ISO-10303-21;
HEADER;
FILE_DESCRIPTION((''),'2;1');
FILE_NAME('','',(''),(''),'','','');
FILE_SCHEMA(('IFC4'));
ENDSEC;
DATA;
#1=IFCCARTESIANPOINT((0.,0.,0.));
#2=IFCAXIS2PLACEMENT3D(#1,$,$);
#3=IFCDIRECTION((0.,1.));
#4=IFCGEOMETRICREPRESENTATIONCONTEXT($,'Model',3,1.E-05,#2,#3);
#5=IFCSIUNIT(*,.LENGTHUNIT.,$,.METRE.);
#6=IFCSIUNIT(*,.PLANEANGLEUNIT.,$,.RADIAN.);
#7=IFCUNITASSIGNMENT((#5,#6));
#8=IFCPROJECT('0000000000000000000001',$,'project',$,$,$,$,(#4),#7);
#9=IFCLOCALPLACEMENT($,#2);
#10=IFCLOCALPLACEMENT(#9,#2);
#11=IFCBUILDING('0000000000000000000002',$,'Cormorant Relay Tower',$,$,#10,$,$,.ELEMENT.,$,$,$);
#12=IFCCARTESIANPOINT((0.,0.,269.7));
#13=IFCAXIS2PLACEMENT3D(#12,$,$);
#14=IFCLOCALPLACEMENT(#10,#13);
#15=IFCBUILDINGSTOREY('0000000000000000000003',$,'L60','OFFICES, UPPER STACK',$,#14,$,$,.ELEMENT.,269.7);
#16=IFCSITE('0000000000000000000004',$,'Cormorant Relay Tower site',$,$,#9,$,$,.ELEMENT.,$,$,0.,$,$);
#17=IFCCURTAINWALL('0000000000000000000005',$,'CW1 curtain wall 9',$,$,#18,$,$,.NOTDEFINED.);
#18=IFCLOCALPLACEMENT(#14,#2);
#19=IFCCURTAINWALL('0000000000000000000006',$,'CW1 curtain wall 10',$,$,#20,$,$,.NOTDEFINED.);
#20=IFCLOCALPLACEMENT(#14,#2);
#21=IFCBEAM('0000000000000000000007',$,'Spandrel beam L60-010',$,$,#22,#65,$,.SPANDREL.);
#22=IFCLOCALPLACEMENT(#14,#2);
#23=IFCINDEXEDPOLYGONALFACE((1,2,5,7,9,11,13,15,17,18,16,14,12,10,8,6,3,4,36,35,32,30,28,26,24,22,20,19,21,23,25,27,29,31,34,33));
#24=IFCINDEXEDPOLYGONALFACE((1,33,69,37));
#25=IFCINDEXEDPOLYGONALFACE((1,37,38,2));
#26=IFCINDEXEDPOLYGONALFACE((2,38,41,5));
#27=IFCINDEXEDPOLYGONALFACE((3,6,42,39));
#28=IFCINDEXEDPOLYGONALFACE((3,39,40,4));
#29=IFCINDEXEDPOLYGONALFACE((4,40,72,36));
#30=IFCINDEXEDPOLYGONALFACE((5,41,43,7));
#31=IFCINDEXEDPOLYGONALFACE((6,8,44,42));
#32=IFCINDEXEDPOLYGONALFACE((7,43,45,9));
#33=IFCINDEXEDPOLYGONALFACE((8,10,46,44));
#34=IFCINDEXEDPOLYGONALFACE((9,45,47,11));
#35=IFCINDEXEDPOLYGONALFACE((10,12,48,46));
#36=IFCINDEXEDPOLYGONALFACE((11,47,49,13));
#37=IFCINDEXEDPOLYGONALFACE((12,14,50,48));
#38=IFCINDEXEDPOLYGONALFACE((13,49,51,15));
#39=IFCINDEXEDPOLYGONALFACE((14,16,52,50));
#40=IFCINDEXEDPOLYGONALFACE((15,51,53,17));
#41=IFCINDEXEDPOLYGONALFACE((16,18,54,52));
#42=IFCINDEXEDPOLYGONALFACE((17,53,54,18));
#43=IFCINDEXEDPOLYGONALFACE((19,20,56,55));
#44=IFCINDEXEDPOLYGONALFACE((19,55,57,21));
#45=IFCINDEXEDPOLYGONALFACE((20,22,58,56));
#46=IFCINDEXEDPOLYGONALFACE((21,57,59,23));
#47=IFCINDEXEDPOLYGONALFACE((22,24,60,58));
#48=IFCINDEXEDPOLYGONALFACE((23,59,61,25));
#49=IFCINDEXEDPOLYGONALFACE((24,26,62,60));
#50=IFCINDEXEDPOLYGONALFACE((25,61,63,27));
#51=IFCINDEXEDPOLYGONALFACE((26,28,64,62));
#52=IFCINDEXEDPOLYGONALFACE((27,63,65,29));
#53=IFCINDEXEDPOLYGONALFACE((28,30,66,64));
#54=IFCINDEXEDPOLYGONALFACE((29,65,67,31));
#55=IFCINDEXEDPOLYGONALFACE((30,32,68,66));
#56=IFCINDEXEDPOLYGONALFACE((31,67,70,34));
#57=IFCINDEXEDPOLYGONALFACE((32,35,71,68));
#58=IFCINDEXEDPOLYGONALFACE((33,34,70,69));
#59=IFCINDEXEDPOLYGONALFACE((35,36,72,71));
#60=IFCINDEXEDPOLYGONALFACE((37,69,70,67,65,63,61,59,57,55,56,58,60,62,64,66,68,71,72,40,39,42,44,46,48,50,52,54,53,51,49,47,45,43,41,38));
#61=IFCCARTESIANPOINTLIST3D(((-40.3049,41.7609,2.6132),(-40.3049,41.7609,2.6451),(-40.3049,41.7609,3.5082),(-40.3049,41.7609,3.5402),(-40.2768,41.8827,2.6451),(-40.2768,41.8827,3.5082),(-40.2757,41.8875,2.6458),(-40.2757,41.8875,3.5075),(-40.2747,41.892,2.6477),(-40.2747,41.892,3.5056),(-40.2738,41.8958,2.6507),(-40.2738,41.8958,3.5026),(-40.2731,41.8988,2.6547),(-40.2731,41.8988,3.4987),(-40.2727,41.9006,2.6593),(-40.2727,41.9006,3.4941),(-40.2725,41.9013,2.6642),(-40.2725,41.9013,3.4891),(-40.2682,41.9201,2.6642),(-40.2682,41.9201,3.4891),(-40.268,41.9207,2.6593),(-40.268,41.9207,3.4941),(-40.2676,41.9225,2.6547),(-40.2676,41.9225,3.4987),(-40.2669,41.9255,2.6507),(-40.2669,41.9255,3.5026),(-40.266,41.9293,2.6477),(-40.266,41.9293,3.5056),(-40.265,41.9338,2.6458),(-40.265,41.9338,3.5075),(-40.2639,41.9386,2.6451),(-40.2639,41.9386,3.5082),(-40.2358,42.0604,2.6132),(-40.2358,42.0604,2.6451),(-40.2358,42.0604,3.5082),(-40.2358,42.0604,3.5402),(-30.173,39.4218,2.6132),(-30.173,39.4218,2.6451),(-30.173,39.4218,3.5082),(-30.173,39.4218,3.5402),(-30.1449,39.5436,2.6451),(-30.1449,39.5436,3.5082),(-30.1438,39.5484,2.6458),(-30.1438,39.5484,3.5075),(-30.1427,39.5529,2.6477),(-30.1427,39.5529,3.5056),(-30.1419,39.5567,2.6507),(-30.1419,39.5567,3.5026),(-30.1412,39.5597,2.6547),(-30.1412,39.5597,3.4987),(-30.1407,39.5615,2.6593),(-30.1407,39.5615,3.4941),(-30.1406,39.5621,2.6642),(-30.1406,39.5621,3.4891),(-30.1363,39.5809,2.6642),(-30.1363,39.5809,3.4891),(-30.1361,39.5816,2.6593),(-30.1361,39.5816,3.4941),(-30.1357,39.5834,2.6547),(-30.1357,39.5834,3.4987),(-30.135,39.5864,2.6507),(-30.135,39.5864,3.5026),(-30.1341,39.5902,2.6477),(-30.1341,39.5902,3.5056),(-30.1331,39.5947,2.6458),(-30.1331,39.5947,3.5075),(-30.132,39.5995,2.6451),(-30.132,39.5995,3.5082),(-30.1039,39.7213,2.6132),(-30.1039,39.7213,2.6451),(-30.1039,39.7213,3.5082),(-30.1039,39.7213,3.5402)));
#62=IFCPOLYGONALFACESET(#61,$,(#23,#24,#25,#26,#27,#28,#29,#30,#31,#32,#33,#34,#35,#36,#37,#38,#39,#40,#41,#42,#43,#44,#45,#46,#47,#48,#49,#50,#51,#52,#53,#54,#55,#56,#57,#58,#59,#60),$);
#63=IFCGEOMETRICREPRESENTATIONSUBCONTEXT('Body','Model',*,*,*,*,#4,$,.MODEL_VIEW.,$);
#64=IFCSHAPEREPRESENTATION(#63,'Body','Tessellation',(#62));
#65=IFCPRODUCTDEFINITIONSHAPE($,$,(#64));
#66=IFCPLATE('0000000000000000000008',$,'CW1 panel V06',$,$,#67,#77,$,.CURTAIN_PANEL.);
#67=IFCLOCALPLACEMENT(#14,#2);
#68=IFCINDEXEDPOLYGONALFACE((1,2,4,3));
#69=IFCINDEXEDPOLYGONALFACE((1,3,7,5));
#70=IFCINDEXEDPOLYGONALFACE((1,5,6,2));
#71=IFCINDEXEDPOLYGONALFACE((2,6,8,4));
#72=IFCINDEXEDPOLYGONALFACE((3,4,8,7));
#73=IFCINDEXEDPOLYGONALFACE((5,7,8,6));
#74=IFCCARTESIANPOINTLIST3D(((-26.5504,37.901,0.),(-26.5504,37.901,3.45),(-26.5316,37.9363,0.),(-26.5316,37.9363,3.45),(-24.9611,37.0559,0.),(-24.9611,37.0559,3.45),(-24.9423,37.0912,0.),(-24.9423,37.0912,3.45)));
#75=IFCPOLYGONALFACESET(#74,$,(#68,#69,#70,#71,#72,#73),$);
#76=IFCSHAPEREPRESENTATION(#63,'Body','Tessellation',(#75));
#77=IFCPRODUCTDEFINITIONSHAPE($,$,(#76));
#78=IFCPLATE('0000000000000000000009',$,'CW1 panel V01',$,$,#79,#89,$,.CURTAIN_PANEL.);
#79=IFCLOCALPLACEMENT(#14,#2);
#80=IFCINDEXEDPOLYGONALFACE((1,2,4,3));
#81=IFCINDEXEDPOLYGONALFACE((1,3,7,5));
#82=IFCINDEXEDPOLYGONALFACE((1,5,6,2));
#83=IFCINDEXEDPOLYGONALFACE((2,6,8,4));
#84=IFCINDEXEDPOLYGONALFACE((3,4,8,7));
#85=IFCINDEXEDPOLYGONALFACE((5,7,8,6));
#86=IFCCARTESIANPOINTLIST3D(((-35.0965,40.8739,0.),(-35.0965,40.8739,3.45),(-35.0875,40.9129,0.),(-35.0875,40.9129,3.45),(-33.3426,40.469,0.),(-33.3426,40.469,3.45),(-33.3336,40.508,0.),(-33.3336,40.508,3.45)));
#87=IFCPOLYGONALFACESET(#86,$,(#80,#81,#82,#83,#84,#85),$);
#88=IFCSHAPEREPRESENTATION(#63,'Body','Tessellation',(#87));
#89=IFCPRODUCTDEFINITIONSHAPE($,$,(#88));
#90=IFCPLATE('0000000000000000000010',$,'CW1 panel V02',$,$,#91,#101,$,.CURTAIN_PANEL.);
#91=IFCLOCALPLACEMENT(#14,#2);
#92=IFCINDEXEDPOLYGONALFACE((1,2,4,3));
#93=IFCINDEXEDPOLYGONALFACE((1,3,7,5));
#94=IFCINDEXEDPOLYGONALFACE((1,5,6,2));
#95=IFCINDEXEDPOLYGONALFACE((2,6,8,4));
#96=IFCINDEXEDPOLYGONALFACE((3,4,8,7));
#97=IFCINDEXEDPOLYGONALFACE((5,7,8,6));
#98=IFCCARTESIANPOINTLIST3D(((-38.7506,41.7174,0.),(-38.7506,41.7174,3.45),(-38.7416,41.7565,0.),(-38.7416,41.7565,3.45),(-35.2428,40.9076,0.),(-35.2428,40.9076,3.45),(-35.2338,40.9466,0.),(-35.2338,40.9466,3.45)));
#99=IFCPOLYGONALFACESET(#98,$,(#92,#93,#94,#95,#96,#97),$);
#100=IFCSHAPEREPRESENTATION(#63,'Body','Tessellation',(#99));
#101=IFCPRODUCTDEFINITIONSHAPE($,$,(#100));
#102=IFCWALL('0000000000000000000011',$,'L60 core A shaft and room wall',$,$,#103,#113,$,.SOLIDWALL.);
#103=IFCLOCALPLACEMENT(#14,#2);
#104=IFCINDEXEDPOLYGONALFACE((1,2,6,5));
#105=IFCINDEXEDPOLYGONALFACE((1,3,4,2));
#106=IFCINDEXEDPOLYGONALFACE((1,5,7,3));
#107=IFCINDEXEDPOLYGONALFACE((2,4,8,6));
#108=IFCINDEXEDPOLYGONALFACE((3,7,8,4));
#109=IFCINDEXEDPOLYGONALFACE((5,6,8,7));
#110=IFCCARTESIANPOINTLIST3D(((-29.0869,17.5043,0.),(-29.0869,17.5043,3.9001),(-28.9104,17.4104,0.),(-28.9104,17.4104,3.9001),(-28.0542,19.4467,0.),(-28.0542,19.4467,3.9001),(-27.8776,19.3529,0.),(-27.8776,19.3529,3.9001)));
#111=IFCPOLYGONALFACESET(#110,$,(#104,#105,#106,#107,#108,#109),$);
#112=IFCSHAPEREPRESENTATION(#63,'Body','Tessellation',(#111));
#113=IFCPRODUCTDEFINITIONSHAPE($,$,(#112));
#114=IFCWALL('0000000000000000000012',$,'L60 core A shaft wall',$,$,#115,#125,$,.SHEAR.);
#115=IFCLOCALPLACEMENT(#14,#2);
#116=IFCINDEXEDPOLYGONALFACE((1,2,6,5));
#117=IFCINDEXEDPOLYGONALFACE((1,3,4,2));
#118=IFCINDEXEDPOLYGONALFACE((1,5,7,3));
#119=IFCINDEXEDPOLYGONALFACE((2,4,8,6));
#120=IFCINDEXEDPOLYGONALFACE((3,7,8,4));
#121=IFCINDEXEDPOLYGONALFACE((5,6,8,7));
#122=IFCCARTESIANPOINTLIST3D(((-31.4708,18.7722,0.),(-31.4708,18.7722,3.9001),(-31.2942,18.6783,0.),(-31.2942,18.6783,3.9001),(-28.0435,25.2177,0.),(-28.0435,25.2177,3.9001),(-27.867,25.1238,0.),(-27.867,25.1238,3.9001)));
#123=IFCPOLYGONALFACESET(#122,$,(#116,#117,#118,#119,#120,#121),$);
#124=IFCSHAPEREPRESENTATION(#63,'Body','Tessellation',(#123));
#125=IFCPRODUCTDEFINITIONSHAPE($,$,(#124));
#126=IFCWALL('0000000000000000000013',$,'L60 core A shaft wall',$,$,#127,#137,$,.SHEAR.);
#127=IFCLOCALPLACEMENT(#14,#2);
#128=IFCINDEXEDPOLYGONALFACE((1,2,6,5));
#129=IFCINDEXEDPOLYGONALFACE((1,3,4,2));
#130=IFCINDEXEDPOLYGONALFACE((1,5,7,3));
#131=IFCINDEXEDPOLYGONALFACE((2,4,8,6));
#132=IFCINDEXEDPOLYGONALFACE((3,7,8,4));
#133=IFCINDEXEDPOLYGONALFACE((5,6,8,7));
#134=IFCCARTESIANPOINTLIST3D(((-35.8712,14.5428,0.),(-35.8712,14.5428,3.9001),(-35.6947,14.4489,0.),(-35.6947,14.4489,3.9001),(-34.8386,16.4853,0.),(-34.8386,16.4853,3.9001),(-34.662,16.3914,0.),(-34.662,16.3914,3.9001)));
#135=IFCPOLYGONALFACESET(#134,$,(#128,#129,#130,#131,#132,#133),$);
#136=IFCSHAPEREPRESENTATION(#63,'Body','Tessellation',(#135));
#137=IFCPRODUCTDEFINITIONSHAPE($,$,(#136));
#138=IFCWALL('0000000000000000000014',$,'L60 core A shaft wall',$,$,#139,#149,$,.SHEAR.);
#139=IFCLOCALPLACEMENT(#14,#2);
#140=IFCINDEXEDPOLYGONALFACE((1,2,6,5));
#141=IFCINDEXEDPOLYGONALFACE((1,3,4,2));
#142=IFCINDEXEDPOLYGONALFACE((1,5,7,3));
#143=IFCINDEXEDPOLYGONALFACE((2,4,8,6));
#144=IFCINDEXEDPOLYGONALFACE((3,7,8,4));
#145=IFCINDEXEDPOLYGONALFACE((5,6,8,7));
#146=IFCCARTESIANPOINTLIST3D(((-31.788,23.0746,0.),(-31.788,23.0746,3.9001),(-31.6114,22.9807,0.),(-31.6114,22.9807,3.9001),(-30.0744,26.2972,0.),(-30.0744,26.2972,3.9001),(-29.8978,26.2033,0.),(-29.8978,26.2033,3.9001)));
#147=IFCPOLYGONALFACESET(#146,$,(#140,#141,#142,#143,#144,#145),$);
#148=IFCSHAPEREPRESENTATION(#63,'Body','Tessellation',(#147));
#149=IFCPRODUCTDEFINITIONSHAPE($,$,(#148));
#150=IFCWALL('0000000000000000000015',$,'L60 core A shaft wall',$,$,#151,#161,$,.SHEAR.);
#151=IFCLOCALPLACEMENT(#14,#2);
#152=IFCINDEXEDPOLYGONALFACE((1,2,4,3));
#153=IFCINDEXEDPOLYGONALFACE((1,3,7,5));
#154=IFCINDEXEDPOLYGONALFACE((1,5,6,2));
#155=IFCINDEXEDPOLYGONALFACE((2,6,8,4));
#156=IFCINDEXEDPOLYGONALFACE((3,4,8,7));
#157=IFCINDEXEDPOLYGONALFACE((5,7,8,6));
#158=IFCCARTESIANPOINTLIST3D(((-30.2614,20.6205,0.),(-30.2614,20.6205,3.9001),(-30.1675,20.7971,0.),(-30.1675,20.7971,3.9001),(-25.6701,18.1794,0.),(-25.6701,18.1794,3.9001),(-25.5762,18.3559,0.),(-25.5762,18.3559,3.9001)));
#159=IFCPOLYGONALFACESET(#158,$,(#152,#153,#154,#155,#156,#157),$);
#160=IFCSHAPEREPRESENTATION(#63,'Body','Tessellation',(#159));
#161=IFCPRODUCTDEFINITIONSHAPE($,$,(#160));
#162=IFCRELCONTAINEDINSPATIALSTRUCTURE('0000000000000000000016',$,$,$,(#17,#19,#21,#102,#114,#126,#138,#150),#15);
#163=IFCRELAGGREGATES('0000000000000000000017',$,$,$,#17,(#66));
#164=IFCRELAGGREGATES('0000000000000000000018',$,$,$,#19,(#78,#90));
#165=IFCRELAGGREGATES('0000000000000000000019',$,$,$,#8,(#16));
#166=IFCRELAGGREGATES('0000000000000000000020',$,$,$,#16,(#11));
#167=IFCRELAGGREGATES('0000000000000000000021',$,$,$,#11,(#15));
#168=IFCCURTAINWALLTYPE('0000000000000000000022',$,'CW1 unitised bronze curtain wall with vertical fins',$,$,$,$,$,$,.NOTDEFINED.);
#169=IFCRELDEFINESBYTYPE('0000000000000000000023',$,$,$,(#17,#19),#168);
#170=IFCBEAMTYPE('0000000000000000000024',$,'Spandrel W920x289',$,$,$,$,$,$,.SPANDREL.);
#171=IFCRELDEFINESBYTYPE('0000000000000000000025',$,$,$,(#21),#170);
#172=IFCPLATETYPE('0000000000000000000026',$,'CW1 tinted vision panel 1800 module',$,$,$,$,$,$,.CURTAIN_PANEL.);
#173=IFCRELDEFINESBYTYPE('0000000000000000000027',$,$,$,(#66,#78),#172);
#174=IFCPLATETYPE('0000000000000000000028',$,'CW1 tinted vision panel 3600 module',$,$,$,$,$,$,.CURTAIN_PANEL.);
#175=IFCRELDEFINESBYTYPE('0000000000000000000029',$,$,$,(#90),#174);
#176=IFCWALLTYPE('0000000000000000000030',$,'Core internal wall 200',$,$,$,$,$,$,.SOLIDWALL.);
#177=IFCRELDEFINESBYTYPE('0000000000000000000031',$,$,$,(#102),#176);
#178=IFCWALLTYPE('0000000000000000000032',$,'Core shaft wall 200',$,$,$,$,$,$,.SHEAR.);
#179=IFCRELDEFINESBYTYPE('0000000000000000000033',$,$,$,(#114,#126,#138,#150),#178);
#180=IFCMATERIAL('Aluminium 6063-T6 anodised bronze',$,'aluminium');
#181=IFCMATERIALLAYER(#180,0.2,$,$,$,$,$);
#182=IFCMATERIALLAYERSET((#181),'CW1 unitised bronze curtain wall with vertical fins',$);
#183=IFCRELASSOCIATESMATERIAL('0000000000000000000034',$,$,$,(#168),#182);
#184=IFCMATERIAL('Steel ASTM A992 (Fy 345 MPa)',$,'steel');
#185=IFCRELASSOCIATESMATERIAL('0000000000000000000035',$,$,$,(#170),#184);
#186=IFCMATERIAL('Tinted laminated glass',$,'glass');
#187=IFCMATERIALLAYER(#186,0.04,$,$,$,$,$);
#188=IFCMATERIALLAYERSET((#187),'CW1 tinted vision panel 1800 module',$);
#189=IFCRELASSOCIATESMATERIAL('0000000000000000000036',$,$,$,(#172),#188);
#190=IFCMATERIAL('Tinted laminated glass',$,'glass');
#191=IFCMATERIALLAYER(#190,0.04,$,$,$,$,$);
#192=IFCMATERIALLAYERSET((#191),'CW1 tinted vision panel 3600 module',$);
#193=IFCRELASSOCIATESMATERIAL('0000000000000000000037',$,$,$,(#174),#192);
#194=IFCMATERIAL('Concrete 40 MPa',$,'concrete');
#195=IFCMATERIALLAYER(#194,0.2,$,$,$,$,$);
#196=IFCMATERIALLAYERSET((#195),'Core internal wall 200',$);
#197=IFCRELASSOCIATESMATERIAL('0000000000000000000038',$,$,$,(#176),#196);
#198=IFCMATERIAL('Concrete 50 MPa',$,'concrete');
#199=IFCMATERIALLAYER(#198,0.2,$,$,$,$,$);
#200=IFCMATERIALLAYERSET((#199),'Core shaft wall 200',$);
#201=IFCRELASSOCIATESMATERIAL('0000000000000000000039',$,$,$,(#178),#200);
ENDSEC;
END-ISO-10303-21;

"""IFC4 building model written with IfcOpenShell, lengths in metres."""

from ifc_helpers import new_model, si_unit, direction, frame, frame_2d, origin, origin_2d, place, context, subcontext, project, spatial, rectangle, i_section, extrude, material, layer, layer_set, material_profile, profile_set, type_object, element, aggregate, save


model = new_model("IFC4")

# Units and contexts
model_context = context("Model", 3, precision=1e-05, world=origin(), true_north=direction((0.0, 1.0)))
body_context = subcontext(model_context, "Body", "Model", "MODEL_VIEW")
ifc_project = project(units=[si_unit("LENGTHUNIT", "METRE"), si_unit("PLANEANGLEUNIT", "RADIAN")], contexts=[model_context])

# Site, building, storey
site_placement = place(None, origin())
site = spatial("IfcSite", under=ifc_project, at=site_placement, Name="Cormorant Relay Tower site", CompositionType="ELEMENT", RefElevation=0.0)
building_placement = place(site_placement, origin())
building = spatial("IfcBuilding", under=site, at=building_placement, Name="Cormorant Relay Tower", CompositionType="ELEMENT")
storey_placement = place(building_placement, frame((0.0, 0.0, 269.7)))
storey = spatial("IfcBuildingStorey", under=building, at=storey_placement, Name="L60", Description="OFFICES, UPPER STACK", CompositionType="ELEMENT", Elevation=269.7)

# Curtain wall
ifc_material_1 = material(Name="Aluminium 6063-T6 anodised bronze", Category="aluminium")
ifc_layer_1 = layer(ifc_material_1, 0.2)
ifc_layer_set_1 = layer_set([ifc_layer_1], Name="CW1 unitised bronze curtain wall with vertical fins")
curtain_wall_type = type_object("IfcCurtainWallType", Name="CW1 unitised bronze curtain wall with vertical fins", PredefinedType="NOTDEFINED", material=ifc_layer_set_1)
curtain_wall_1_placement = place(storey_placement, origin())
curtain_wall_1 = element("IfcCurtainWall", 1, at=curtain_wall_1_placement, inside=storey, type_object=curtain_wall_type, Name="CW1 curtain wall 9", PredefinedType="NOTDEFINED")

# Curtain wall
curtain_wall_2_placement = place(storey_placement, origin())
curtain_wall_2 = element("IfcCurtainWall", 2, at=curtain_wall_2_placement, inside=storey, type_object=curtain_wall_type, Name="CW1 curtain wall 10", PredefinedType="NOTDEFINED")

# Beam
ifc_material_2 = material(Name="Steel ASTM A992 (Fy 345 MPa)", Category="steel")
ifc_material_profile_1 = material_profile(ifc_material_2, i_section(OverallWidth=0.3074, OverallDepth=0.927, WebThickness=0.0193, FlangeThickness=0.032, FilletRadius=0.019, at=origin_2d()), Name="W920x289")
ifc_profile_set_1 = profile_set([ifc_material_profile_1], Name="Steel ASTM A992 (Fy 345 MPa)")
beam_type = type_object("IfcBeamType", Name="Spandrel W920x289", PredefinedType="SPANDREL", material=ifc_profile_set_1)
beam_placement = place(storey_placement, frame((-30.1384, 39.5715, 3.0767), z_axis=(-0.97437, 0.22495, 0.0), x_axis=(-0.22495, -0.97437, 0.0)))
element("IfcBeam", 3, at=beam_placement, inside=storey, type_object=beam_type, Name="Spandrel beam L60-010", PredefinedType="SPANDREL", context=body_context, shape_type="SweptSolid", body=[
    extrude(i_section(OverallWidth=0.3074, OverallDepth=0.927, WebThickness=0.0193, FlangeThickness=0.032, FilletRadius=0.019, at=origin_2d()), origin(), (0.0, 0.0, 1.0), 10.3984),
])

# Plates
ifc_material_3 = material(Name="Tinted laminated glass", Category="glass")
ifc_layer_2 = layer(ifc_material_3, 0.04)
ifc_layer_set_2 = layer_set([ifc_layer_2], Name="CW1 tinted vision panel 1800 module")
plate_type_1 = type_object("IfcPlateType", Name="CW1 tinted vision panel 1800 module", PredefinedType="CURTAIN_PANEL", material=ifc_layer_set_2)
plate_1_placement = place(storey_placement, frame((-25.7463, 37.4961, 0.0), z_axis=(0.0, 0.0, 1.0), x_axis=(-0.882948, 0.469472, 0.0)))
plate_1 = element("IfcPlate", 4, at=plate_1_placement, type_object=plate_type_1, Name="CW1 panel V06", PredefinedType="CURTAIN_PANEL", context=body_context, shape_type="SweptSolid", body=[
    extrude(rectangle(XDim=1.8, YDim=0.04, at=origin_2d()), origin(), (0.0, 0.0, 1.0), 3.45),
])
plate_2_placement = place(storey_placement, frame((-34.2151, 40.6909, 0.0), z_axis=(0.0, 0.0, 1.0), x_axis=(-0.97437, 0.224951, 0.0)))
plate_2 = element("IfcPlate", 5, at=plate_2_placement, type_object=plate_type_1, Name="CW1 panel V01", PredefinedType="CURTAIN_PANEL", context=body_context, shape_type="SweptSolid", body=[
    extrude(rectangle(XDim=1.8, YDim=0.04, at=origin_2d()), origin(), (0.0, 0.0, 1.0), 3.45),
])
ifc_material_4 = material(Name="Tinted laminated glass", Category="glass")
ifc_layer_3 = layer(ifc_material_4, 0.04)
ifc_layer_set_3 = layer_set([ifc_layer_3], Name="CW1 tinted vision panel 3600 module")
plate_type_2 = type_object("IfcPlateType", Name="CW1 tinted vision panel 3600 module", PredefinedType="CURTAIN_PANEL", material=ifc_layer_set_3)
plate_3_placement = place(storey_placement, frame((-36.9922, 41.332, 0.0), z_axis=(0.0, 0.0, 1.0), x_axis=(-0.97437, 0.224951, 0.0)))
plate_3 = element("IfcPlate", 6, at=plate_3_placement, type_object=plate_type_2, Name="CW1 panel V02", PredefinedType="CURTAIN_PANEL", context=body_context, shape_type="SweptSolid", body=[
    extrude(rectangle(XDim=3.6001, YDim=0.04, at=origin_2d()), origin(), (0.0, 0.0, 1.0), 3.45),
])

# Walls
ifc_material_5 = material(Name="Concrete 40 MPa", Category="concrete")
ifc_layer_4 = layer(ifc_material_5, 0.2)
ifc_layer_set_4 = layer_set([ifc_layer_4], Name="Core internal wall 200")
wall_type_1 = type_object("IfcWallType", Name="Core internal wall 200", PredefinedType="SOLIDWALL", material=ifc_layer_set_4)
wall_1_placement = place(storey_placement, frame((-27.9658, 19.3999, 0.0), z_axis=(0.0, 0.0, 1.0), x_axis=(-0.469447, -0.88296, 0.0)))
element("IfcWall", 7, at=wall_1_placement, inside=storey, type_object=wall_type_1, Name="L60 core A shaft and room wall", PredefinedType="SOLIDWALL", context=body_context, shape_type="SweptSolid", body=[
    extrude(rectangle(XDim=2.2, YDim=0.2, at=frame_2d((1.1001, 0.0))), origin(), (0.0, 0.0, 1.0), 3.9001),
])
ifc_material_6 = material(Name="Concrete 50 MPa", Category="concrete")
ifc_layer_5 = layer(ifc_material_6, 0.2)
ifc_layer_set_5 = layer_set([ifc_layer_5], Name="Core shaft wall 200")
wall_type_2 = type_object("IfcWallType", Name="Core shaft wall 200", PredefinedType="SHEAR", material=ifc_layer_set_5)
wall_2_placement = place(storey_placement, frame((-27.9553, 25.1707, 0.0), z_axis=(0.0, 0.0, 1.0), x_axis=(-0.46948, -0.882943, 0.0)))
element("IfcWall", 8, at=wall_2_placement, inside=storey, type_object=wall_type_2, Name="L60 core A shaft wall", PredefinedType="SHEAR", context=body_context, shape_type="SweptSolid", body=[
    extrude(rectangle(XDim=7.3, YDim=0.2, at=frame_2d((3.6499, 0.0))), origin(), (0.0, 0.0, 1.0), 3.9001),
])
wall_3_placement = place(storey_placement, frame((-34.7502, 16.4385, 0.0), z_axis=(0.0, 0.0, 1.0), x_axis=(-0.469401, -0.882985, 0.0)))
element("IfcWall", 9, at=wall_3_placement, inside=storey, type_object=wall_type_2, Name="L60 core A shaft wall", PredefinedType="SHEAR", context=body_context, shape_type="SweptSolid", body=[
    extrude(rectangle(XDim=2.2, YDim=0.2, at=frame_2d((1.1001, 0.0))), origin(), (0.0, 0.0, 1.0), 3.9001),
])
wall_4_placement = place(storey_placement, frame((-29.9861, 26.2502, 0.0), z_axis=(0.0, 0.0, 1.0), x_axis=(-0.469494, -0.882936, 0.0)))
element("IfcWall", 10, at=wall_4_placement, inside=storey, type_object=wall_type_2, Name="L60 core A shaft wall", PredefinedType="SHEAR", context=body_context, shape_type="SweptSolid", body=[
    extrude(rectangle(XDim=3.6499, YDim=0.2, at=frame_2d((1.825, 0.0))), origin(), (0.0, 0.0, 1.0), 3.9001),
])

# Wall
wall_5_placement = place(storey_placement, frame((-25.623, 18.2676, 0.0), z_axis=(0.0, 0.0, 1.0), x_axis=(-0.882954, 0.46946, 0.0)))
element("IfcWall", 11, at=wall_5_placement, inside=storey, type_object=wall_type_2, Name="L60 core A shaft wall", PredefinedType="SHEAR", context=body_context, shape_type="SweptSolid", body=[
    extrude(rectangle(XDim=5.2, YDim=0.2, at=frame_2d((2.6001, 0.0))), origin(), (0.0, 0.0, 1.0), 3.9001),
])

aggregate(curtain_wall_1, [plate_1])
aggregate(curtain_wall_2, [plate_2, plate_3])

save(model, "model.ifc")
